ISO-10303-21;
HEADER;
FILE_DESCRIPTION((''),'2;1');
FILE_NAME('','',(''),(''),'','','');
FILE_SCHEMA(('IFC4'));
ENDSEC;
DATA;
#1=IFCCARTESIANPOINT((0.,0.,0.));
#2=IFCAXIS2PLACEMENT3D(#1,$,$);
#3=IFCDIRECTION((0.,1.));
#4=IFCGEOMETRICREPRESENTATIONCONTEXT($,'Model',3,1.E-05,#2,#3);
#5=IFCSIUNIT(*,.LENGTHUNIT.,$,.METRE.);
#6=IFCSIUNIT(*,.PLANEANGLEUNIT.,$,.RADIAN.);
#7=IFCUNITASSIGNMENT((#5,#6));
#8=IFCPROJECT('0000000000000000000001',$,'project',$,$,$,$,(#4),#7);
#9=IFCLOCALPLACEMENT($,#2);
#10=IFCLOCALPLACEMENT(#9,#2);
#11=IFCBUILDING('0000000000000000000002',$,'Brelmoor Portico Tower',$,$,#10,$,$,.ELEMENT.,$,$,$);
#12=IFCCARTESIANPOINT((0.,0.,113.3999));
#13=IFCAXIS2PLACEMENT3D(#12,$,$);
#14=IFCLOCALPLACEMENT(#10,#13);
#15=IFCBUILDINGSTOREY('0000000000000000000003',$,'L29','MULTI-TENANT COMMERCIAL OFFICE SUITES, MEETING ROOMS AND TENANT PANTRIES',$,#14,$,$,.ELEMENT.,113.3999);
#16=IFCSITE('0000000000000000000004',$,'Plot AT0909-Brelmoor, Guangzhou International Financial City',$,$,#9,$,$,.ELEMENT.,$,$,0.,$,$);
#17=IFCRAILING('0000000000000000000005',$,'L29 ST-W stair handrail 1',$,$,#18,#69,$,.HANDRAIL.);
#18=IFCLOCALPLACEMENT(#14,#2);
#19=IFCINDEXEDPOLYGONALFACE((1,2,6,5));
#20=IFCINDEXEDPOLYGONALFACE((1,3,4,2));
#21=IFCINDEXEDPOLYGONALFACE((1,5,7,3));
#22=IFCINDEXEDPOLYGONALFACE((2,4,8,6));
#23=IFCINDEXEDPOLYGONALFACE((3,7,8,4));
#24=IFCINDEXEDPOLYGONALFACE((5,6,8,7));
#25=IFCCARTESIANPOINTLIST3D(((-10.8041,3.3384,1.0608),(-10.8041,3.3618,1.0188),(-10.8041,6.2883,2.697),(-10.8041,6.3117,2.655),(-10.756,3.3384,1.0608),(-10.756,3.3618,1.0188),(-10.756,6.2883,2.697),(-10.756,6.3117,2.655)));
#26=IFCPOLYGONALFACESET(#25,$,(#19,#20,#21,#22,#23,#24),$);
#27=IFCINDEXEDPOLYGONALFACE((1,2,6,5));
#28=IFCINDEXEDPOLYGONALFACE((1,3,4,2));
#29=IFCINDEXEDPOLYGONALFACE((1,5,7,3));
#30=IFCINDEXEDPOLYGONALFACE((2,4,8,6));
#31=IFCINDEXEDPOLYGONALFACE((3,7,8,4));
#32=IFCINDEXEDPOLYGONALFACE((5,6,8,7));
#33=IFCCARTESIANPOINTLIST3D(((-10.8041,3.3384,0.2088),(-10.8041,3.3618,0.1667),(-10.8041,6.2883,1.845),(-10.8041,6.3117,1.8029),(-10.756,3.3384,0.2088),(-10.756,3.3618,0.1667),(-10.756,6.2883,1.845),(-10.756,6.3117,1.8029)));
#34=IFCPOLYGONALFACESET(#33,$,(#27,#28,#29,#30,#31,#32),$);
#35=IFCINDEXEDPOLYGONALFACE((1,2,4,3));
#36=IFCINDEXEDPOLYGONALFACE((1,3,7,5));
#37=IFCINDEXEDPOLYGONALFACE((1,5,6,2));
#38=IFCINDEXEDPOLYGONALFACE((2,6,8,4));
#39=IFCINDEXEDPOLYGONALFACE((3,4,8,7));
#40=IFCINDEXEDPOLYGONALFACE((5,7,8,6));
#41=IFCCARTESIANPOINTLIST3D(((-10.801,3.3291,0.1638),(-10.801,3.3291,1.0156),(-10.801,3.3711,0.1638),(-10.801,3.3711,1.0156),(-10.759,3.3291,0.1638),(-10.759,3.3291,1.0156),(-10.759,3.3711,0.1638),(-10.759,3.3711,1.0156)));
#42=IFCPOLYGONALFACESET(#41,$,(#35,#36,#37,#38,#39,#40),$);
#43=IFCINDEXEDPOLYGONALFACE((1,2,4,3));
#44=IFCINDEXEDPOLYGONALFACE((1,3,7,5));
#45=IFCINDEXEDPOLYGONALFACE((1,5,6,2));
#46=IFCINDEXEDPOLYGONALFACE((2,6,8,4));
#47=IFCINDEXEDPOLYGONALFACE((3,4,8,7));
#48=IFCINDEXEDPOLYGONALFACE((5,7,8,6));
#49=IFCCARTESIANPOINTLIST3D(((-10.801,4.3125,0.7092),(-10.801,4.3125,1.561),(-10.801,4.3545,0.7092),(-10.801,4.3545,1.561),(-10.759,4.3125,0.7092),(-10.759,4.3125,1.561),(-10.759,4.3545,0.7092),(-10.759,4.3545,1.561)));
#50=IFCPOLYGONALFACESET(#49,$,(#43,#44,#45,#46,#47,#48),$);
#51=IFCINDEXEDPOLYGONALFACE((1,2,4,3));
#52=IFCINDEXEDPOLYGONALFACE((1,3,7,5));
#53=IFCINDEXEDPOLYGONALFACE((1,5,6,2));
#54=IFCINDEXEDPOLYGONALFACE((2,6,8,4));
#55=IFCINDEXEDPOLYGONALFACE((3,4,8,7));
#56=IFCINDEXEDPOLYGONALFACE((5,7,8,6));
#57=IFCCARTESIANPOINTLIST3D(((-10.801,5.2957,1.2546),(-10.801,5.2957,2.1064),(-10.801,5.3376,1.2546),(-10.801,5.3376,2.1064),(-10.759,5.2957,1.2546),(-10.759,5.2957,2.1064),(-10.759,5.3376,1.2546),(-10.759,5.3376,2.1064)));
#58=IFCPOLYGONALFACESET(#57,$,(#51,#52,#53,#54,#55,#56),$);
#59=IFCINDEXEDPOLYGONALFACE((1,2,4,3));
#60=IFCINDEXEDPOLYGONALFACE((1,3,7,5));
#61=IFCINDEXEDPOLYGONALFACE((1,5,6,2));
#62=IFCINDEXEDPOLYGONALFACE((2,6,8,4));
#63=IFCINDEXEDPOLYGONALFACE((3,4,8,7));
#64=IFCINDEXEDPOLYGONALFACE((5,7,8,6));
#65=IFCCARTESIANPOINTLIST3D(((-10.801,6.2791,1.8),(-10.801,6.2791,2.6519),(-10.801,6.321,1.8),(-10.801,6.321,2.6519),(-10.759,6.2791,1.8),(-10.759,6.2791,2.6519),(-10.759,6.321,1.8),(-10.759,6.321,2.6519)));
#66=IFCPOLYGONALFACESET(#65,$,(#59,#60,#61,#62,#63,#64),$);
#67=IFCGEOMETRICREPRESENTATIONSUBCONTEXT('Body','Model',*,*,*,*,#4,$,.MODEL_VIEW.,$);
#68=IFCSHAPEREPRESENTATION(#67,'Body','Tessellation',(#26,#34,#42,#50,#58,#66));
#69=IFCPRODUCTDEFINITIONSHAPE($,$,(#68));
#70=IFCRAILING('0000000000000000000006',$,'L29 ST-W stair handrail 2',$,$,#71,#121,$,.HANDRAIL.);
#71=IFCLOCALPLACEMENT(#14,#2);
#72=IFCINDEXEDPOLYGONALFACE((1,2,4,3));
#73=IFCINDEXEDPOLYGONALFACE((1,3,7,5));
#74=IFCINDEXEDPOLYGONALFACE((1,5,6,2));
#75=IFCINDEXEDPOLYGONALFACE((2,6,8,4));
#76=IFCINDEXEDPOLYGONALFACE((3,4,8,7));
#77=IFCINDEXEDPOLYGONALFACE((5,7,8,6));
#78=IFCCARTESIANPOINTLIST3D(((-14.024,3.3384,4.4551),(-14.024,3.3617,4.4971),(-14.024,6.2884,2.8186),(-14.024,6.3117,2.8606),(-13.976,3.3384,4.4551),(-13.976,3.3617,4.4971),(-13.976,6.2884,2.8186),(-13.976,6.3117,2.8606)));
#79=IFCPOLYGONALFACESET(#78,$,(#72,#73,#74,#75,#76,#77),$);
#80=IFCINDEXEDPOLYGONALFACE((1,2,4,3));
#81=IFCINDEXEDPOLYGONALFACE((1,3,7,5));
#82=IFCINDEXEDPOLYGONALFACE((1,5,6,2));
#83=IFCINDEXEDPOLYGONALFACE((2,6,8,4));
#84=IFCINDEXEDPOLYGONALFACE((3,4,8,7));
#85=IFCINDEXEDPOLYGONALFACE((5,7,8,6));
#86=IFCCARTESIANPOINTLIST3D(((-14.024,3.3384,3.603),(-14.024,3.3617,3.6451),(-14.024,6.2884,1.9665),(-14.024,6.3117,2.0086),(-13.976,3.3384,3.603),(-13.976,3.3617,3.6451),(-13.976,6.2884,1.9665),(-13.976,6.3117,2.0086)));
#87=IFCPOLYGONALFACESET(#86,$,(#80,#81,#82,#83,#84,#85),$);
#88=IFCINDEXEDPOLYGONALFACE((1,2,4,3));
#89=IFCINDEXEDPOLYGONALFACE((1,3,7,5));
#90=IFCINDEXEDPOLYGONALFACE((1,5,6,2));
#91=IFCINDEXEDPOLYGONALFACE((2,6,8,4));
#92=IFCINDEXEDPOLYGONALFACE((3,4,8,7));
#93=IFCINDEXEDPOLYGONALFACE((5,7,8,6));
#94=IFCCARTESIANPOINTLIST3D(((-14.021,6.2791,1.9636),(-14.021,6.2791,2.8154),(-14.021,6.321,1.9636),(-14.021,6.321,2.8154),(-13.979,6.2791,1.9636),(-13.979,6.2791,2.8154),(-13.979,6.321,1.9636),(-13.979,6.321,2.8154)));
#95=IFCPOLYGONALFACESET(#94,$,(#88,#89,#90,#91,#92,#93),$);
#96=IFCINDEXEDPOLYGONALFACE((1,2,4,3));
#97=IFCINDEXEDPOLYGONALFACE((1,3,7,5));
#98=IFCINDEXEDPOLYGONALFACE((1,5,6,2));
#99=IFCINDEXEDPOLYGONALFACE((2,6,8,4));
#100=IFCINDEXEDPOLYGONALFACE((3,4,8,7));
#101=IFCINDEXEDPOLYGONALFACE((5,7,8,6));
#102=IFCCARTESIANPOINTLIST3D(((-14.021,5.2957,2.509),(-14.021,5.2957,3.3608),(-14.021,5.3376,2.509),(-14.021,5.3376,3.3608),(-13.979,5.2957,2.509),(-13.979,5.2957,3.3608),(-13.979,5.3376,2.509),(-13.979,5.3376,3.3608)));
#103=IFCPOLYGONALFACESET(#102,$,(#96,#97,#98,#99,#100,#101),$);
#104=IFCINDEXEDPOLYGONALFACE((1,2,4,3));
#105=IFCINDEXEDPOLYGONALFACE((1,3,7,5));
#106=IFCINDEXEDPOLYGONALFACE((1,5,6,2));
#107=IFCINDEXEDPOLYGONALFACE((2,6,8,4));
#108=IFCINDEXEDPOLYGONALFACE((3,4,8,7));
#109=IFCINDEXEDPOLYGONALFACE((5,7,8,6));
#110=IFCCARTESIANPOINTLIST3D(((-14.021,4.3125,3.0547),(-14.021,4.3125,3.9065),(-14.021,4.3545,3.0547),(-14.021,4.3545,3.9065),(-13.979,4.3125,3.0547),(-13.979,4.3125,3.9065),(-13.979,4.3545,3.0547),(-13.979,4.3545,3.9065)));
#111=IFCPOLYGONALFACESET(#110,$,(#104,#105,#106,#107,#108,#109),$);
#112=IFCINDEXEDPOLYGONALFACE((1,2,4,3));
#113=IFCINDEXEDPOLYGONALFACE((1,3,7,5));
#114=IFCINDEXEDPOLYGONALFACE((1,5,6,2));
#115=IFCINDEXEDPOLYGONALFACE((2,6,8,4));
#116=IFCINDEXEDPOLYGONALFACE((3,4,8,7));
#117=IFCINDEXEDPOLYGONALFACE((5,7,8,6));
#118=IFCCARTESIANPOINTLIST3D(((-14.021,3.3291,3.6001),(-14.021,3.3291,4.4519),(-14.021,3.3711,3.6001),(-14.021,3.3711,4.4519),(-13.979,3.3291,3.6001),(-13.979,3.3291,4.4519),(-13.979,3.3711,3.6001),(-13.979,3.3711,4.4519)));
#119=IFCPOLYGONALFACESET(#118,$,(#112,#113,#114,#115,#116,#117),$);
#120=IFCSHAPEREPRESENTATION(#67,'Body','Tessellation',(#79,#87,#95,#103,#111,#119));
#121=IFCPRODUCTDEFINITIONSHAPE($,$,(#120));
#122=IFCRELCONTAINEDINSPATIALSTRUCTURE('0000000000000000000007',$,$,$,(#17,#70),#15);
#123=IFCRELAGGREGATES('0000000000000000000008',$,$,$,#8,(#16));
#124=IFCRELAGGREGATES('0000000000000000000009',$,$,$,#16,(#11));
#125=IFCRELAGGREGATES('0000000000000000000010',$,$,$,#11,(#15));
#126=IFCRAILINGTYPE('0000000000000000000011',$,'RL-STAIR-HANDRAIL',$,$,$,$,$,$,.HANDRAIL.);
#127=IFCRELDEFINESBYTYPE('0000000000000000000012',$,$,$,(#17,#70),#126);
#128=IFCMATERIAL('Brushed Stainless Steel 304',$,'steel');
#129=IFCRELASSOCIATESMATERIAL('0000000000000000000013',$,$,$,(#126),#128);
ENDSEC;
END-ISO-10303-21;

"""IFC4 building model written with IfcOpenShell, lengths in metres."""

from ifc_helpers import new_model, si_unit, direction, frame, origin, origin_2d, place, context, subcontext, project, spatial, rectangle, extrude, material, type_object, element, save


model = new_model("IFC4")

# Units and contexts
model_context = context("Model", 3, precision=1e-05, world=origin(), true_north=direction((0.0, 1.0)))
body_context = subcontext(model_context, "Body", "Model", "MODEL_VIEW")
ifc_project = project(units=[si_unit("LENGTHUNIT", "METRE"), si_unit("PLANEANGLEUNIT", "RADIAN")], contexts=[model_context])

# Site, building, storey
site_placement = place(None, origin())
site = spatial("IfcSite", under=ifc_project, at=site_placement, Name="Plot AT0909-Brelmoor, Guangzhou International Financial City", CompositionType="ELEMENT", RefElevation=0.0)
building_placement = place(site_placement, origin())
building = spatial("IfcBuilding", under=site, at=building_placement, Name="Brelmoor Portico Tower", CompositionType="ELEMENT")
storey_placement = place(building_placement, frame((0.0, 0.0, 113.3999)))
storey = spatial("IfcBuildingStorey", under=building, at=storey_placement, Name="L29", Description="MULTI-TENANT COMMERCIAL OFFICE SUITES, MEETING ROOMS AND TENANT PANTRIES", CompositionType="ELEMENT", Elevation=113.3999)

# Railings
ifc_material_1 = material(Name="Brushed Stainless Steel 304", Category="steel")
railing_type_1 = type_object("IfcRailingType", Name="RL-STAIR-HANDRAIL", PredefinedType="HANDRAIL", material=ifc_material_1)
railing_1_placement = place(storey_placement, frame((-10.78, 3.3501, 0.1638)))
element("IfcRailing", 1, at=railing_1_placement, inside=storey, type_object=railing_type_1, Name="L29 ST-W stair handrail 1", PredefinedType="HANDRAIL", context=body_context, shape_type="SweptSolid", body=[
    extrude(rectangle(XDim=0.0481, YDim=0.0481, at=origin_2d()), frame((0.0, 0.0, 0.876), z_axis=(0.0, 0.874488, 0.485047), x_axis=(-1.0, 0.0, 0.0)), (0.0, 0.0, 1.0), 3.3733),
    extrude(rectangle(XDim=0.0481, YDim=0.0481, at=origin_2d()), frame((0.0, 0.0, 0.0239), z_axis=(0.0, 0.874488, 0.485047), x_axis=(-1.0, 0.0, 0.0)), (0.0, 0.0, 1.0), 3.3733),
    extrude(rectangle(XDim=0.042, YDim=0.042, at=origin_2d()), origin(), (0.0, 0.0, 1.0), 0.8518),
    extrude(rectangle(XDim=0.042, YDim=0.042, at=origin_2d()), frame((0.0, 0.9834, 0.5454)), (0.0, 0.0, 1.0), 0.8518),
    extrude(rectangle(XDim=0.042, YDim=0.042, at=origin_2d()), frame((0.0, 1.9666, 1.0908)), (0.0, 0.0, 1.0), 0.8518),
    extrude(rectangle(XDim=0.042, YDim=0.042, at=origin_2d()), frame((0.0, 2.95, 1.6362)), (0.0, 0.0, 1.0), 0.8518),
])
railing_2_placement = place(storey_placement, frame((-14.0, 6.3, 1.9636)))
element("IfcRailing", 2, at=railing_2_placement, inside=storey, type_object=railing_type_1, Name="L29 ST-W stair handrail 2", PredefinedType="HANDRAIL", context=body_context, shape_type="SweptSolid", body=[
    extrude(rectangle(XDim=0.0481, YDim=0.0481, at=origin_2d()), frame((0.0, 0.0, 0.876), z_axis=(0.0, -0.874458, 0.485102), x_axis=(1.0, 0.0, 0.0)), (0.0, 0.0, 1.0), 3.3735),
    extrude(rectangle(XDim=0.0481, YDim=0.0481, at=origin_2d()), frame((0.0, 0.0, 0.0239), z_axis=(0.0, -0.874458, 0.485102), x_axis=(1.0, 0.0, 0.0)), (0.0, 0.0, 1.0), 3.3735),
    extrude(rectangle(XDim=0.042, YDim=0.042, at=origin_2d()), origin(), (0.0, 0.0, 1.0), 0.8518),
    extrude(rectangle(XDim=0.042, YDim=0.042, at=origin_2d()), frame((0.0, -0.9834, 0.5454)), (0.0, 0.0, 1.0), 0.8518),
    extrude(rectangle(XDim=0.042, YDim=0.042, at=origin_2d()), frame((0.0, -1.9666, 1.0911)), (0.0, 0.0, 1.0), 0.8518),
    extrude(rectangle(XDim=0.042, YDim=0.042, at=origin_2d()), frame((0.0, -2.95, 1.6365)), (0.0, 0.0, 1.0), 0.8518),
])

save(model, "model.ifc")
